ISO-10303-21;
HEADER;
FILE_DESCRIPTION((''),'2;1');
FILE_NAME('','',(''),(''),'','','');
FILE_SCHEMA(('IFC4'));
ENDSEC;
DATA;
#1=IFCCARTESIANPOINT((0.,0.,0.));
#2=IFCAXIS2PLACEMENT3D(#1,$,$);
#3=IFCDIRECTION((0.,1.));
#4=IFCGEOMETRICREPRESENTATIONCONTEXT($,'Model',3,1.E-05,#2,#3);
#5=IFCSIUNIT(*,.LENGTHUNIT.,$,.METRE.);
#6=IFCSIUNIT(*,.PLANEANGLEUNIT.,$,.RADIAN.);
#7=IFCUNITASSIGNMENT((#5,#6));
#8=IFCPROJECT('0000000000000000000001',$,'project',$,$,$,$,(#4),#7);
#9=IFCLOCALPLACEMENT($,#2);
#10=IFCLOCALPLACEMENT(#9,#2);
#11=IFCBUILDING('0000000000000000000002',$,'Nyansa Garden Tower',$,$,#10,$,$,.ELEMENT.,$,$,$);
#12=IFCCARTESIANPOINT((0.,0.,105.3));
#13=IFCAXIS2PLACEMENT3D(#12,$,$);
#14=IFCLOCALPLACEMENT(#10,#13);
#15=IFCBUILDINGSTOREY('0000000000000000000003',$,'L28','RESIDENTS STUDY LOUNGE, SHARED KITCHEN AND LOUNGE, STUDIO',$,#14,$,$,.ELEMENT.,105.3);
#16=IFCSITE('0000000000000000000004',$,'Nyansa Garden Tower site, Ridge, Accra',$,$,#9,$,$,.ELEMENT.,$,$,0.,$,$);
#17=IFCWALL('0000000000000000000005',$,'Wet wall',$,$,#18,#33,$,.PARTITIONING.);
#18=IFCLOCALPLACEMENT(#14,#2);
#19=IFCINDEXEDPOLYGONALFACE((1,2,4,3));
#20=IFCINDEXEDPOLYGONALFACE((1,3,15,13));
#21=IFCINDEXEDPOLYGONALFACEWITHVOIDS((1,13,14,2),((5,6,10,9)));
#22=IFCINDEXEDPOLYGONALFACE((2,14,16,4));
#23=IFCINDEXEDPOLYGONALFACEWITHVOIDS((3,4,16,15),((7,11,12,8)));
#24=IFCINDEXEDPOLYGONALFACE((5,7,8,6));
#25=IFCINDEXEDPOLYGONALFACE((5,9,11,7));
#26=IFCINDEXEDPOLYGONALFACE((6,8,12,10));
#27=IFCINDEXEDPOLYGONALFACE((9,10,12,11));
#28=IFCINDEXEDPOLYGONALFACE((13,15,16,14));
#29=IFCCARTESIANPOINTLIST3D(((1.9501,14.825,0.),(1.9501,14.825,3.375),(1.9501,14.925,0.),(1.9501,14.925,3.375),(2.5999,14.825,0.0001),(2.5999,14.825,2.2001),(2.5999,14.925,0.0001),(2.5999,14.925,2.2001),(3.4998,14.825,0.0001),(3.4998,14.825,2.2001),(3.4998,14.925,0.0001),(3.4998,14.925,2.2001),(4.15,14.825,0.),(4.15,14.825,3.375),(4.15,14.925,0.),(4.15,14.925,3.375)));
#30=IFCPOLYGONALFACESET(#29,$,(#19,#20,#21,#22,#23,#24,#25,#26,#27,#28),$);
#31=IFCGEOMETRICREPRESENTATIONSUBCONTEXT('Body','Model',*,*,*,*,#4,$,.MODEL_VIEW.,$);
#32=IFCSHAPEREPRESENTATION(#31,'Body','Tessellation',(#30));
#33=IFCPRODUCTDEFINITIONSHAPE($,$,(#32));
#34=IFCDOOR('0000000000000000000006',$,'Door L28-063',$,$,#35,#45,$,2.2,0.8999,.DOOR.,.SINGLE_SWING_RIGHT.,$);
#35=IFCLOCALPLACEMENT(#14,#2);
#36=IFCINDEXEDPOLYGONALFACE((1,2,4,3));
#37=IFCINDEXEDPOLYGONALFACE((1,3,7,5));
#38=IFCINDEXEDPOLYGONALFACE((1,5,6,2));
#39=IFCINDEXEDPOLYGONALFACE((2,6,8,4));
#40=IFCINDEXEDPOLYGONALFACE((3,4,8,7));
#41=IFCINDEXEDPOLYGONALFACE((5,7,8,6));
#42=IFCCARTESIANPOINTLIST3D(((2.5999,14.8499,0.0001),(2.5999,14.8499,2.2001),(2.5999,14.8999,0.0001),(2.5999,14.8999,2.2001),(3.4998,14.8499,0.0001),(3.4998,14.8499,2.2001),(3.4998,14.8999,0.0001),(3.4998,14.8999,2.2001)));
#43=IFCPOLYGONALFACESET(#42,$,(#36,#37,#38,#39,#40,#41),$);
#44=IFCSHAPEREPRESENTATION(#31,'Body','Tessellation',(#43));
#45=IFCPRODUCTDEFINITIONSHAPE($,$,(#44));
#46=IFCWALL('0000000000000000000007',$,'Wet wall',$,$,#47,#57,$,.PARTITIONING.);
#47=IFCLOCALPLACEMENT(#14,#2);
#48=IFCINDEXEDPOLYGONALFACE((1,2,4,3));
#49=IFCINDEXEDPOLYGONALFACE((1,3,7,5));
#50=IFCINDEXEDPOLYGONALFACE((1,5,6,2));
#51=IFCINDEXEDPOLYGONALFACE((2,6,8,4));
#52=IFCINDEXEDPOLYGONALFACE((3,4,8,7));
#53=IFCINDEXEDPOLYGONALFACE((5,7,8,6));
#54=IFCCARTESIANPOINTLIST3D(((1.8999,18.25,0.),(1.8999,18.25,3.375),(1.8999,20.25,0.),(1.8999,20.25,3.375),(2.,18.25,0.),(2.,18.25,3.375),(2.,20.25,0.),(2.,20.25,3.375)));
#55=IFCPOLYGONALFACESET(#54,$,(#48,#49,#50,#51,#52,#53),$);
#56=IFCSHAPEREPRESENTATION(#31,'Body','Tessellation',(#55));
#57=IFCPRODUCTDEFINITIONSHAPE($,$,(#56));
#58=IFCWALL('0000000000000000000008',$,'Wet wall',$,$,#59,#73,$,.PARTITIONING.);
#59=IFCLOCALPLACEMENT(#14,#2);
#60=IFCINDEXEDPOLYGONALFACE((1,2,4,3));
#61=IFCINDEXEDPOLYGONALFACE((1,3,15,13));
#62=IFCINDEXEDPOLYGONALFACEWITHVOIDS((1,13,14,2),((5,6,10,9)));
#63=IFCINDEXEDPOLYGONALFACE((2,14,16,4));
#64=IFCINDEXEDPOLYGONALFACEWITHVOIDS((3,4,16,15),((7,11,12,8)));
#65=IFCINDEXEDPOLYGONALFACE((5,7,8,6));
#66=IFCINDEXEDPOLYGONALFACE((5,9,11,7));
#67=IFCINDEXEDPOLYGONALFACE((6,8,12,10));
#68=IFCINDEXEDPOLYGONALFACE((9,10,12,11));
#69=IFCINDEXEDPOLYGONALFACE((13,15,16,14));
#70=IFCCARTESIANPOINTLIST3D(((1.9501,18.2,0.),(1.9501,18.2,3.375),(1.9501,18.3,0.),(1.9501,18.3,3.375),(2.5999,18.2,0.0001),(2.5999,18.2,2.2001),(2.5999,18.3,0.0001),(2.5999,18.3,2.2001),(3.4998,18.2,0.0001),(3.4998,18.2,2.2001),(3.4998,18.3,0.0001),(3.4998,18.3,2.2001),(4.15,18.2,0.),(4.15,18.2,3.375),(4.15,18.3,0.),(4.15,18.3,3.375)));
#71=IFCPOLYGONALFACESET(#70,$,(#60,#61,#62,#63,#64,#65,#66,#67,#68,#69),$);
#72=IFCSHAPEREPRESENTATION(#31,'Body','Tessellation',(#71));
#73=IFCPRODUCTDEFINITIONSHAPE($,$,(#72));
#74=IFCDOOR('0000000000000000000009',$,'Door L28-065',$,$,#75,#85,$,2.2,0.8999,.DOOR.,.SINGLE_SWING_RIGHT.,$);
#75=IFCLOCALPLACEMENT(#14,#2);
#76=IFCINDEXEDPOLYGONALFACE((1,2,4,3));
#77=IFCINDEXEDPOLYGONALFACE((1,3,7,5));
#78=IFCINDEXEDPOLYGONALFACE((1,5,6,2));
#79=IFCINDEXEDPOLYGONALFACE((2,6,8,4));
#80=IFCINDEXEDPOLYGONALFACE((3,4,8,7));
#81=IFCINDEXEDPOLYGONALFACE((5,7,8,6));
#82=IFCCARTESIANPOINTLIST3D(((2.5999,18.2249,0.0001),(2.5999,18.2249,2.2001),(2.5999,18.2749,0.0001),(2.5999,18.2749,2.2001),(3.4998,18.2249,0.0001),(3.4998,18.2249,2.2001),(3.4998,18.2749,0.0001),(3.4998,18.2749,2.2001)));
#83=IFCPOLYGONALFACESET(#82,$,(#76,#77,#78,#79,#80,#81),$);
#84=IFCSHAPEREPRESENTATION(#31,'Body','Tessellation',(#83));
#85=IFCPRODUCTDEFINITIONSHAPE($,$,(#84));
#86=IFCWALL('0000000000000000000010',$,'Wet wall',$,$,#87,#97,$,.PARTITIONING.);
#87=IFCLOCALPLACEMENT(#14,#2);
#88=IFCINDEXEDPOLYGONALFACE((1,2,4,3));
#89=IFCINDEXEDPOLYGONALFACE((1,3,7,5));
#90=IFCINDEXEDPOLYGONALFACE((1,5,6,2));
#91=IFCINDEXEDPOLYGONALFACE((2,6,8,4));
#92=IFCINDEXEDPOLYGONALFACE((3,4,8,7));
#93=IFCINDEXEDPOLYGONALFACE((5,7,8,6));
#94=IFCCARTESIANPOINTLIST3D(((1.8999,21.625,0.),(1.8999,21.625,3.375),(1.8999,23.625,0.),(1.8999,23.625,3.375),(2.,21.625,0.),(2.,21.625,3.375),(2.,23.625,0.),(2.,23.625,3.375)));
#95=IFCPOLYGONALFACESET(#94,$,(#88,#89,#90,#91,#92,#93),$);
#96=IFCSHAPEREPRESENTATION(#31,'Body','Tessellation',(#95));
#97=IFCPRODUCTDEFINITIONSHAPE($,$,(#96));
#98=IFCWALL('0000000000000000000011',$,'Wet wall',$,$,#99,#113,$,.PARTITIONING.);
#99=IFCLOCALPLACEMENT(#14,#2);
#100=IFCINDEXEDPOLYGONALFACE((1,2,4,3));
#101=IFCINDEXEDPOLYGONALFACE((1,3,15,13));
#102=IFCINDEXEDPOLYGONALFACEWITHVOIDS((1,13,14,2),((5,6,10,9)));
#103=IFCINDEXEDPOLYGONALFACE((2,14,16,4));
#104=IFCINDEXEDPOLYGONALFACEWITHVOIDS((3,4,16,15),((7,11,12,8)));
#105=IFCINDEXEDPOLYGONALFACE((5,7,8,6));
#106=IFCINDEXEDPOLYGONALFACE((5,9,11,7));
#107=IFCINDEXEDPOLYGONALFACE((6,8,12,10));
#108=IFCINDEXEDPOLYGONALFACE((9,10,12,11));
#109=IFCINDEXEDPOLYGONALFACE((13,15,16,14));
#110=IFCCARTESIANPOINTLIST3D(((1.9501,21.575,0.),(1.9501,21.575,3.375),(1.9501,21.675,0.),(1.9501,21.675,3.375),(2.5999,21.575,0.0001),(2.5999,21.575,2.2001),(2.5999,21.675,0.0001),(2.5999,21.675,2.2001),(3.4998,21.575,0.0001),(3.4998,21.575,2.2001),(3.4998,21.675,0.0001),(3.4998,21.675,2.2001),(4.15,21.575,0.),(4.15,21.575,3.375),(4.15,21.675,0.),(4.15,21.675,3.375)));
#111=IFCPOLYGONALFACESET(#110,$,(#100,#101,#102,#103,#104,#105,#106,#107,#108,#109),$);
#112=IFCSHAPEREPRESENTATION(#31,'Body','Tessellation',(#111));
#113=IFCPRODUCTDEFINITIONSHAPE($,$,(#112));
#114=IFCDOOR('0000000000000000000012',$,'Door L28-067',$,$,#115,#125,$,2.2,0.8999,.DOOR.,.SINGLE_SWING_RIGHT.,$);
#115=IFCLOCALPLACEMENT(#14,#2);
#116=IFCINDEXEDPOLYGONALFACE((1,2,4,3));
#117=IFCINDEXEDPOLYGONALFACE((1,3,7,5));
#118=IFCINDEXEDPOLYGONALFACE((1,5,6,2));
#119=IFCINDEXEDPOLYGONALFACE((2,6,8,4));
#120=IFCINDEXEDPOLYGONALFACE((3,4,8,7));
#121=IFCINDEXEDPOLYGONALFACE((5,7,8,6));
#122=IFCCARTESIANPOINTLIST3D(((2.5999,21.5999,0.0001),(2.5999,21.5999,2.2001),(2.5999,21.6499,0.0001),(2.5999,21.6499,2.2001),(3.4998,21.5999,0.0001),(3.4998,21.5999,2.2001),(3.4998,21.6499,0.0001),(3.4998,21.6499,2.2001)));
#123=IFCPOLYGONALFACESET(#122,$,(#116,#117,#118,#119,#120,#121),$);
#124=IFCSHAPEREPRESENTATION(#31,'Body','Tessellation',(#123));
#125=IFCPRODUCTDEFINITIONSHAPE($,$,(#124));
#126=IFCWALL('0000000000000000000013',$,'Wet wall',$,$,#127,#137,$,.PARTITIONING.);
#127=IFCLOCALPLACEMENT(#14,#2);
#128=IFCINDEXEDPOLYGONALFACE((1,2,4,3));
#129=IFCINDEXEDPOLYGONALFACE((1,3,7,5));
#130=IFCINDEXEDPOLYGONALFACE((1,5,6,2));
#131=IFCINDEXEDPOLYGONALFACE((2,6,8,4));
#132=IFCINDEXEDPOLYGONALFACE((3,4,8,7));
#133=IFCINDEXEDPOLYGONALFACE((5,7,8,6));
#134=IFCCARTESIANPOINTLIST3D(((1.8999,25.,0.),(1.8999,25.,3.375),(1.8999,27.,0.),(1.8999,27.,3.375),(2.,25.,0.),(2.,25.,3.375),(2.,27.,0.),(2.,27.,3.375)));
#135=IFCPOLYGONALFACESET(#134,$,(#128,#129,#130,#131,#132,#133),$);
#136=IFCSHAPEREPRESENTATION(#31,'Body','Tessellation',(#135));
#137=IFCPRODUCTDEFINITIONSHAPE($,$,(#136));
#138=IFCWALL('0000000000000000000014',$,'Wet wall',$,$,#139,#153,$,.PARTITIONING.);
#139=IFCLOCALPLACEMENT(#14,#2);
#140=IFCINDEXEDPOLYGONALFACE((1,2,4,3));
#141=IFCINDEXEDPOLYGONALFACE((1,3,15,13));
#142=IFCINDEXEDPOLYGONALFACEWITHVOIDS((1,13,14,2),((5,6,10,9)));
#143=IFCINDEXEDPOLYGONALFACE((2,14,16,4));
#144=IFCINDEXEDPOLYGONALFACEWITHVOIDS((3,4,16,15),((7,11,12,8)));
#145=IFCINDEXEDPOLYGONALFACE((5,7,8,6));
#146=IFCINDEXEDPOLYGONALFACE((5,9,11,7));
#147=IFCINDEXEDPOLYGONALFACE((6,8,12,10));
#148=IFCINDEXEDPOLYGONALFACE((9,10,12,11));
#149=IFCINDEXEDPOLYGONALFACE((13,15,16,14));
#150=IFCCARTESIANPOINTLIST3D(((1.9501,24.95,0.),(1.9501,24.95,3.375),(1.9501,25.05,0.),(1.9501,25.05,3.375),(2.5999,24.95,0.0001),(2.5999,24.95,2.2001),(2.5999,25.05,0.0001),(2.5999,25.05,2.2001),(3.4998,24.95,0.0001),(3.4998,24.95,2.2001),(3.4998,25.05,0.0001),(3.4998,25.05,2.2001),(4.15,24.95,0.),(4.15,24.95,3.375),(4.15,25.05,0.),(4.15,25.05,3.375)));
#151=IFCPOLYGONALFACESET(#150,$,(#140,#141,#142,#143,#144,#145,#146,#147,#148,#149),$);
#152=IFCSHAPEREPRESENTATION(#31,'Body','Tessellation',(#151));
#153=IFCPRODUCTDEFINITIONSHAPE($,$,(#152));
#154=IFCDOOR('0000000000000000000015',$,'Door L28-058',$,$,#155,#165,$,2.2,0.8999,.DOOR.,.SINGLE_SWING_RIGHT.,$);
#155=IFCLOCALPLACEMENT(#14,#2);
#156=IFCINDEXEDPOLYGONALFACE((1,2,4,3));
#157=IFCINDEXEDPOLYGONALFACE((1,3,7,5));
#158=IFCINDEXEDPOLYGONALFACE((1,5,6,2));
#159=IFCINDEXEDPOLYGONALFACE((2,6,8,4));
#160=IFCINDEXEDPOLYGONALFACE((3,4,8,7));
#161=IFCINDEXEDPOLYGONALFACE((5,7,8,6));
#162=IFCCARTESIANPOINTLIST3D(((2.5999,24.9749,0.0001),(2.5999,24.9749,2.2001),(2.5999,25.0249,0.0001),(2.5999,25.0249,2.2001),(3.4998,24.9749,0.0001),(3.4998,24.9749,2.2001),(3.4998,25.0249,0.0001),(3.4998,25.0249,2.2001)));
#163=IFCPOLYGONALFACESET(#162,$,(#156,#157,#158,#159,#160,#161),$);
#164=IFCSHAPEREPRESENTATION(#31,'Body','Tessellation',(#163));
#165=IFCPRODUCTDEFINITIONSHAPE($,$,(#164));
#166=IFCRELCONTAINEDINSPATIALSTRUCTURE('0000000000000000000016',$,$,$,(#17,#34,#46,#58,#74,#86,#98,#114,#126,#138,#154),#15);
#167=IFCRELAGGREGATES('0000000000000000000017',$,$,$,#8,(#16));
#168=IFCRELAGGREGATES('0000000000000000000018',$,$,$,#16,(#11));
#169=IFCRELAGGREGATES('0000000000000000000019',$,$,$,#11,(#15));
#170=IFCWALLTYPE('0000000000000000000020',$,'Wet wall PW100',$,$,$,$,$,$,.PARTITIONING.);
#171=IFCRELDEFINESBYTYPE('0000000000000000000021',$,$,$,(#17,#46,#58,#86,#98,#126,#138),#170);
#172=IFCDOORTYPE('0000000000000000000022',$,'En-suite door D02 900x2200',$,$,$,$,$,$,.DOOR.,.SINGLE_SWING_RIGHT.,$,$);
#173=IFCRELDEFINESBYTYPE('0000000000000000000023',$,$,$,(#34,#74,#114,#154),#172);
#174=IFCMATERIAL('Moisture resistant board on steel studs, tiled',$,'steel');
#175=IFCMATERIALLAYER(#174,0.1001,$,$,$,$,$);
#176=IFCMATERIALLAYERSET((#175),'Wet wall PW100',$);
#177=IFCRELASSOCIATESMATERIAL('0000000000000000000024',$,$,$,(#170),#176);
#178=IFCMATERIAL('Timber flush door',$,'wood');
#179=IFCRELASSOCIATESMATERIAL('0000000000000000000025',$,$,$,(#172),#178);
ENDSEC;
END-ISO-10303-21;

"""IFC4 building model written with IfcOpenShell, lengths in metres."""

from ifc_helpers import new_model, si_unit, direction, frame, frame_2d, origin, place, context, subcontext, project, spatial, rectangle, extrude, material, layer, layer_set, type_object, element, fill, save


model = new_model("IFC4")

# Units and contexts
model_context = context("Model", 3, precision=1e-05, world=origin(), true_north=direction((0.0, 1.0)))
body_context = subcontext(model_context, "Body", "Model", "MODEL_VIEW")
ifc_project = project(units=[si_unit("LENGTHUNIT", "METRE"), si_unit("PLANEANGLEUNIT", "RADIAN")], contexts=[model_context])

# Site, building, storey
site_placement = place(None, origin())
site = spatial("IfcSite", under=ifc_project, at=site_placement, Name="Nyansa Garden Tower site, Ridge, Accra", CompositionType="ELEMENT", RefElevation=0.0)
building_placement = place(site_placement, origin())
building = spatial("IfcBuilding", under=site, at=building_placement, Name="Nyansa Garden Tower", CompositionType="ELEMENT")
storey_placement = place(building_placement, frame((0.0, 0.0, 105.3)))
storey = spatial("IfcBuildingStorey", under=building, at=storey_placement, Name="L28", Description="RESIDENTS STUDY LOUNGE, SHARED KITCHEN AND LOUNGE, STUDIO", CompositionType="ELEMENT", Elevation=105.3)

# Wall, opening, door
ifc_material_1 = material(Name="Moisture resistant board on steel studs, tiled", Category="steel")
ifc_layer_1 = layer(ifc_material_1, 0.1001)
ifc_layer_set_1 = layer_set([ifc_layer_1], Name="Wet wall PW100")
wall_type_1 = type_object("IfcWallType", Name="Wet wall PW100", PredefinedType="PARTITIONING", material=ifc_layer_set_1)
wall_1_placement = place(storey_placement, frame((1.95, 14.875, 0.0), z_axis=(0.0, 0.0, 1.0), x_axis=(1.0, 0.0, 0.0)))
wall_1 = element("IfcWall", 1, at=wall_1_placement, inside=storey, type_object=wall_type_1, Name="Wet wall", PredefinedType="PARTITIONING", context=body_context, shape_type="SweptSolid", body=[
    extrude(rectangle(XDim=2.2, YDim=0.1001, at=frame_2d((1.1001, 0.0))), origin(), (0.0, 0.0, 1.0), 3.375),
])
opening_1_placement = place(wall_1_placement, frame((0.6499, 0.0, 0.0)))
opening_1 = element("IfcOpeningElement", 2, at=opening_1_placement, cuts=wall_1, PredefinedType="OPENING", context=body_context, shape_type="SweptSolid", body=[
    extrude(rectangle(XDim=0.8999, YDim=2.2, at=frame_2d((0.45, 1.1001))), frame((0.0, 0.0601, 0.0), z_axis=(0.0, -1.0, 0.0), x_axis=(1.0, 0.0, 0.0)), (0.0, 0.0, 1.0), 0.1201),
])
ifc_material_2 = material(Name="Timber flush door", Category="wood")
door_type = type_object("IfcDoorType", Name="En-suite door D02 900x2200", OperationType="SINGLE_SWING_RIGHT", PredefinedType="DOOR", material=ifc_material_2)
door_1_placement = place(opening_1_placement, origin())
door_1 = element("IfcDoor", 3, at=door_1_placement, inside=storey, type_object=door_type, Name="Door L28-063", OperationType="SINGLE_SWING_RIGHT", OverallHeight=2.2, OverallWidth=0.8999, PredefinedType="DOOR", context=body_context, shape_type="SweptSolid", body=[
    extrude(rectangle(XDim=0.8999, YDim=2.2, at=frame_2d((0.45, 1.1001))), frame((0.0, 0.0249, 0.0), z_axis=(0.0, -1.0, 0.0), x_axis=(1.0, 0.0, 0.0)), (0.0, 0.0, 1.0), 0.05),
])
fill(opening_1, door_1)

# Wall
wall_2_placement = place(storey_placement, frame((1.95, 18.25, 0.0), z_axis=(0.0, 0.0, 1.0), x_axis=(0.0, 1.0, 0.0)))
element("IfcWall", 4, at=wall_2_placement, inside=storey, type_object=wall_type_1, Name="Wet wall", PredefinedType="PARTITIONING", context=body_context, shape_type="SweptSolid", body=[
    extrude(rectangle(XDim=2.0, YDim=0.1001, at=frame_2d((1.0, 0.0))), origin(), (0.0, 0.0, 1.0), 3.375),
])

# Wall, opening, door
wall_3_placement = place(storey_placement, frame((1.95, 18.25, 0.0), z_axis=(0.0, 0.0, 1.0), x_axis=(1.0, 0.0, 0.0)))
wall_3 = element("IfcWall", 5, at=wall_3_placement, inside=storey, type_object=wall_type_1, Name="Wet wall", PredefinedType="PARTITIONING", context=body_context, shape_type="SweptSolid", body=[
    extrude(rectangle(XDim=2.2, YDim=0.1001, at=frame_2d((1.1001, 0.0))), origin(), (0.0, 0.0, 1.0), 3.375),
])
opening_2_placement = place(wall_3_placement, frame((0.6499, 0.0, 0.0)))
opening_2 = element("IfcOpeningElement", 6, at=opening_2_placement, cuts=wall_3, PredefinedType="OPENING", context=body_context, shape_type="SweptSolid", body=[
    extrude(rectangle(XDim=0.8999, YDim=2.2, at=frame_2d((0.45, 1.1001))), frame((0.0, 0.0601, 0.0), z_axis=(0.0, -1.0, 0.0), x_axis=(1.0, 0.0, 0.0)), (0.0, 0.0, 1.0), 0.1201),
])
door_2_placement = place(opening_2_placement, origin())
door_2 = element("IfcDoor", 7, at=door_2_placement, inside=storey, type_object=door_type, Name="Door L28-065", OperationType="SINGLE_SWING_RIGHT", OverallHeight=2.2, OverallWidth=0.8999, PredefinedType="DOOR", context=body_context, shape_type="SweptSolid", body=[
    extrude(rectangle(XDim=0.8999, YDim=2.2, at=frame_2d((0.45, 1.1001))), frame((0.0, 0.0249, 0.0), z_axis=(0.0, -1.0, 0.0), x_axis=(1.0, 0.0, 0.0)), (0.0, 0.0, 1.0), 0.05),
])
fill(opening_2, door_2)

# Wall
wall_4_placement = place(storey_placement, frame((1.95, 21.625, 0.0), z_axis=(0.0, 0.0, 1.0), x_axis=(0.0, 1.0, 0.0)))
element("IfcWall", 8, at=wall_4_placement, inside=storey, type_object=wall_type_1, Name="Wet wall", PredefinedType="PARTITIONING", context=body_context, shape_type="SweptSolid", body=[
    extrude(rectangle(XDim=2.0, YDim=0.1001, at=frame_2d((1.0, 0.0))), origin(), (0.0, 0.0, 1.0), 3.375),
])

# Wall, opening, door
wall_5_placement = place(storey_placement, frame((1.95, 21.625, 0.0), z_axis=(0.0, 0.0, 1.0), x_axis=(1.0, 0.0, 0.0)))
wall_5 = element("IfcWall", 9, at=wall_5_placement, inside=storey, type_object=wall_type_1, Name="Wet wall", PredefinedType="PARTITIONING", context=body_context, shape_type="SweptSolid", body=[
    extrude(rectangle(XDim=2.2, YDim=0.1001, at=frame_2d((1.1001, 0.0))), origin(), (0.0, 0.0, 1.0), 3.375),
])
opening_3_placement = place(wall_5_placement, frame((0.6499, 0.0, 0.0)))
opening_3 = element("IfcOpeningElement", 10, at=opening_3_placement, cuts=wall_5, PredefinedType="OPENING", context=body_context, shape_type="SweptSolid", body=[
    extrude(rectangle(XDim=0.8999, YDim=2.2, at=frame_2d((0.45, 1.1001))), frame((0.0, 0.0601, 0.0), z_axis=(0.0, -1.0, 0.0), x_axis=(1.0, 0.0, 0.0)), (0.0, 0.0, 1.0), 0.1201),
])
door_3_placement = place(opening_3_placement, origin())
door_3 = element("IfcDoor", 11, at=door_3_placement, inside=storey, type_object=door_type, Name="Door L28-067", OperationType="SINGLE_SWING_RIGHT", OverallHeight=2.2, OverallWidth=0.8999, PredefinedType="DOOR", context=body_context, shape_type="SweptSolid", body=[
    extrude(rectangle(XDim=0.8999, YDim=2.2, at=frame_2d((0.45, 1.1001))), frame((0.0, 0.0249, 0.0), z_axis=(0.0, -1.0, 0.0), x_axis=(1.0, 0.0, 0.0)), (0.0, 0.0, 1.0), 0.05),
])
fill(opening_3, door_3)

# Wall
wall_6_placement = place(storey_placement, frame((1.95, 25.0, 0.0), z_axis=(0.0, 0.0, 1.0), x_axis=(0.0, 1.0, 0.0)))
element("IfcWall", 12, at=wall_6_placement, inside=storey, type_object=wall_type_1, Name="Wet wall", PredefinedType="PARTITIONING", context=body_context, shape_type="SweptSolid", body=[
    extrude(rectangle(XDim=2.0, YDim=0.1001, at=frame_2d((1.0, 0.0))), origin(), (0.0, 0.0, 1.0), 3.375),
])

# Wall, opening, door
wall_7_placement = place(storey_placement, frame((1.95, 25.0, 0.0), z_axis=(0.0, 0.0, 1.0), x_axis=(1.0, 0.0, 0.0)))
wall_7 = element("IfcWall", 13, at=wall_7_placement, inside=storey, type_object=wall_type_1, Name="Wet wall", PredefinedType="PARTITIONING", context=body_context, shape_type="SweptSolid", body=[
    extrude(rectangle(XDim=2.2, YDim=0.1001, at=frame_2d((1.1001, 0.0))), origin(), (0.0, 0.0, 1.0), 3.375),
])
opening_4_placement = place(wall_7_placement, frame((0.6499, 0.0, 0.0)))
opening_4 = element("IfcOpeningElement", 14, at=opening_4_placement, cuts=wall_7, PredefinedType="OPENING", context=body_context, shape_type="SweptSolid", body=[
    extrude(rectangle(XDim=0.8999, YDim=2.2, at=frame_2d((0.45, 1.1001))), frame((0.0, 0.0601, 0.0), z_axis=(0.0, -1.0, 0.0), x_axis=(1.0, 0.0, 0.0)), (0.0, 0.0, 1.0), 0.1201),
])
door_4_placement = place(opening_4_placement, origin())
door_4 = element("IfcDoor", 15, at=door_4_placement, inside=storey, type_object=door_type, Name="Door L28-058", OperationType="SINGLE_SWING_RIGHT", OverallHeight=2.2, OverallWidth=0.8999, PredefinedType="DOOR", context=body_context, shape_type="SweptSolid", body=[
    extrude(rectangle(XDim=0.8999, YDim=2.2, at=frame_2d((0.45, 1.1001))), frame((0.0, 0.0249, 0.0), z_axis=(0.0, -1.0, 0.0), x_axis=(1.0, 0.0, 0.0)), (0.0, 0.0, 1.0), 0.05),
])
fill(opening_4, door_4)

save(model, "model.ifc")
